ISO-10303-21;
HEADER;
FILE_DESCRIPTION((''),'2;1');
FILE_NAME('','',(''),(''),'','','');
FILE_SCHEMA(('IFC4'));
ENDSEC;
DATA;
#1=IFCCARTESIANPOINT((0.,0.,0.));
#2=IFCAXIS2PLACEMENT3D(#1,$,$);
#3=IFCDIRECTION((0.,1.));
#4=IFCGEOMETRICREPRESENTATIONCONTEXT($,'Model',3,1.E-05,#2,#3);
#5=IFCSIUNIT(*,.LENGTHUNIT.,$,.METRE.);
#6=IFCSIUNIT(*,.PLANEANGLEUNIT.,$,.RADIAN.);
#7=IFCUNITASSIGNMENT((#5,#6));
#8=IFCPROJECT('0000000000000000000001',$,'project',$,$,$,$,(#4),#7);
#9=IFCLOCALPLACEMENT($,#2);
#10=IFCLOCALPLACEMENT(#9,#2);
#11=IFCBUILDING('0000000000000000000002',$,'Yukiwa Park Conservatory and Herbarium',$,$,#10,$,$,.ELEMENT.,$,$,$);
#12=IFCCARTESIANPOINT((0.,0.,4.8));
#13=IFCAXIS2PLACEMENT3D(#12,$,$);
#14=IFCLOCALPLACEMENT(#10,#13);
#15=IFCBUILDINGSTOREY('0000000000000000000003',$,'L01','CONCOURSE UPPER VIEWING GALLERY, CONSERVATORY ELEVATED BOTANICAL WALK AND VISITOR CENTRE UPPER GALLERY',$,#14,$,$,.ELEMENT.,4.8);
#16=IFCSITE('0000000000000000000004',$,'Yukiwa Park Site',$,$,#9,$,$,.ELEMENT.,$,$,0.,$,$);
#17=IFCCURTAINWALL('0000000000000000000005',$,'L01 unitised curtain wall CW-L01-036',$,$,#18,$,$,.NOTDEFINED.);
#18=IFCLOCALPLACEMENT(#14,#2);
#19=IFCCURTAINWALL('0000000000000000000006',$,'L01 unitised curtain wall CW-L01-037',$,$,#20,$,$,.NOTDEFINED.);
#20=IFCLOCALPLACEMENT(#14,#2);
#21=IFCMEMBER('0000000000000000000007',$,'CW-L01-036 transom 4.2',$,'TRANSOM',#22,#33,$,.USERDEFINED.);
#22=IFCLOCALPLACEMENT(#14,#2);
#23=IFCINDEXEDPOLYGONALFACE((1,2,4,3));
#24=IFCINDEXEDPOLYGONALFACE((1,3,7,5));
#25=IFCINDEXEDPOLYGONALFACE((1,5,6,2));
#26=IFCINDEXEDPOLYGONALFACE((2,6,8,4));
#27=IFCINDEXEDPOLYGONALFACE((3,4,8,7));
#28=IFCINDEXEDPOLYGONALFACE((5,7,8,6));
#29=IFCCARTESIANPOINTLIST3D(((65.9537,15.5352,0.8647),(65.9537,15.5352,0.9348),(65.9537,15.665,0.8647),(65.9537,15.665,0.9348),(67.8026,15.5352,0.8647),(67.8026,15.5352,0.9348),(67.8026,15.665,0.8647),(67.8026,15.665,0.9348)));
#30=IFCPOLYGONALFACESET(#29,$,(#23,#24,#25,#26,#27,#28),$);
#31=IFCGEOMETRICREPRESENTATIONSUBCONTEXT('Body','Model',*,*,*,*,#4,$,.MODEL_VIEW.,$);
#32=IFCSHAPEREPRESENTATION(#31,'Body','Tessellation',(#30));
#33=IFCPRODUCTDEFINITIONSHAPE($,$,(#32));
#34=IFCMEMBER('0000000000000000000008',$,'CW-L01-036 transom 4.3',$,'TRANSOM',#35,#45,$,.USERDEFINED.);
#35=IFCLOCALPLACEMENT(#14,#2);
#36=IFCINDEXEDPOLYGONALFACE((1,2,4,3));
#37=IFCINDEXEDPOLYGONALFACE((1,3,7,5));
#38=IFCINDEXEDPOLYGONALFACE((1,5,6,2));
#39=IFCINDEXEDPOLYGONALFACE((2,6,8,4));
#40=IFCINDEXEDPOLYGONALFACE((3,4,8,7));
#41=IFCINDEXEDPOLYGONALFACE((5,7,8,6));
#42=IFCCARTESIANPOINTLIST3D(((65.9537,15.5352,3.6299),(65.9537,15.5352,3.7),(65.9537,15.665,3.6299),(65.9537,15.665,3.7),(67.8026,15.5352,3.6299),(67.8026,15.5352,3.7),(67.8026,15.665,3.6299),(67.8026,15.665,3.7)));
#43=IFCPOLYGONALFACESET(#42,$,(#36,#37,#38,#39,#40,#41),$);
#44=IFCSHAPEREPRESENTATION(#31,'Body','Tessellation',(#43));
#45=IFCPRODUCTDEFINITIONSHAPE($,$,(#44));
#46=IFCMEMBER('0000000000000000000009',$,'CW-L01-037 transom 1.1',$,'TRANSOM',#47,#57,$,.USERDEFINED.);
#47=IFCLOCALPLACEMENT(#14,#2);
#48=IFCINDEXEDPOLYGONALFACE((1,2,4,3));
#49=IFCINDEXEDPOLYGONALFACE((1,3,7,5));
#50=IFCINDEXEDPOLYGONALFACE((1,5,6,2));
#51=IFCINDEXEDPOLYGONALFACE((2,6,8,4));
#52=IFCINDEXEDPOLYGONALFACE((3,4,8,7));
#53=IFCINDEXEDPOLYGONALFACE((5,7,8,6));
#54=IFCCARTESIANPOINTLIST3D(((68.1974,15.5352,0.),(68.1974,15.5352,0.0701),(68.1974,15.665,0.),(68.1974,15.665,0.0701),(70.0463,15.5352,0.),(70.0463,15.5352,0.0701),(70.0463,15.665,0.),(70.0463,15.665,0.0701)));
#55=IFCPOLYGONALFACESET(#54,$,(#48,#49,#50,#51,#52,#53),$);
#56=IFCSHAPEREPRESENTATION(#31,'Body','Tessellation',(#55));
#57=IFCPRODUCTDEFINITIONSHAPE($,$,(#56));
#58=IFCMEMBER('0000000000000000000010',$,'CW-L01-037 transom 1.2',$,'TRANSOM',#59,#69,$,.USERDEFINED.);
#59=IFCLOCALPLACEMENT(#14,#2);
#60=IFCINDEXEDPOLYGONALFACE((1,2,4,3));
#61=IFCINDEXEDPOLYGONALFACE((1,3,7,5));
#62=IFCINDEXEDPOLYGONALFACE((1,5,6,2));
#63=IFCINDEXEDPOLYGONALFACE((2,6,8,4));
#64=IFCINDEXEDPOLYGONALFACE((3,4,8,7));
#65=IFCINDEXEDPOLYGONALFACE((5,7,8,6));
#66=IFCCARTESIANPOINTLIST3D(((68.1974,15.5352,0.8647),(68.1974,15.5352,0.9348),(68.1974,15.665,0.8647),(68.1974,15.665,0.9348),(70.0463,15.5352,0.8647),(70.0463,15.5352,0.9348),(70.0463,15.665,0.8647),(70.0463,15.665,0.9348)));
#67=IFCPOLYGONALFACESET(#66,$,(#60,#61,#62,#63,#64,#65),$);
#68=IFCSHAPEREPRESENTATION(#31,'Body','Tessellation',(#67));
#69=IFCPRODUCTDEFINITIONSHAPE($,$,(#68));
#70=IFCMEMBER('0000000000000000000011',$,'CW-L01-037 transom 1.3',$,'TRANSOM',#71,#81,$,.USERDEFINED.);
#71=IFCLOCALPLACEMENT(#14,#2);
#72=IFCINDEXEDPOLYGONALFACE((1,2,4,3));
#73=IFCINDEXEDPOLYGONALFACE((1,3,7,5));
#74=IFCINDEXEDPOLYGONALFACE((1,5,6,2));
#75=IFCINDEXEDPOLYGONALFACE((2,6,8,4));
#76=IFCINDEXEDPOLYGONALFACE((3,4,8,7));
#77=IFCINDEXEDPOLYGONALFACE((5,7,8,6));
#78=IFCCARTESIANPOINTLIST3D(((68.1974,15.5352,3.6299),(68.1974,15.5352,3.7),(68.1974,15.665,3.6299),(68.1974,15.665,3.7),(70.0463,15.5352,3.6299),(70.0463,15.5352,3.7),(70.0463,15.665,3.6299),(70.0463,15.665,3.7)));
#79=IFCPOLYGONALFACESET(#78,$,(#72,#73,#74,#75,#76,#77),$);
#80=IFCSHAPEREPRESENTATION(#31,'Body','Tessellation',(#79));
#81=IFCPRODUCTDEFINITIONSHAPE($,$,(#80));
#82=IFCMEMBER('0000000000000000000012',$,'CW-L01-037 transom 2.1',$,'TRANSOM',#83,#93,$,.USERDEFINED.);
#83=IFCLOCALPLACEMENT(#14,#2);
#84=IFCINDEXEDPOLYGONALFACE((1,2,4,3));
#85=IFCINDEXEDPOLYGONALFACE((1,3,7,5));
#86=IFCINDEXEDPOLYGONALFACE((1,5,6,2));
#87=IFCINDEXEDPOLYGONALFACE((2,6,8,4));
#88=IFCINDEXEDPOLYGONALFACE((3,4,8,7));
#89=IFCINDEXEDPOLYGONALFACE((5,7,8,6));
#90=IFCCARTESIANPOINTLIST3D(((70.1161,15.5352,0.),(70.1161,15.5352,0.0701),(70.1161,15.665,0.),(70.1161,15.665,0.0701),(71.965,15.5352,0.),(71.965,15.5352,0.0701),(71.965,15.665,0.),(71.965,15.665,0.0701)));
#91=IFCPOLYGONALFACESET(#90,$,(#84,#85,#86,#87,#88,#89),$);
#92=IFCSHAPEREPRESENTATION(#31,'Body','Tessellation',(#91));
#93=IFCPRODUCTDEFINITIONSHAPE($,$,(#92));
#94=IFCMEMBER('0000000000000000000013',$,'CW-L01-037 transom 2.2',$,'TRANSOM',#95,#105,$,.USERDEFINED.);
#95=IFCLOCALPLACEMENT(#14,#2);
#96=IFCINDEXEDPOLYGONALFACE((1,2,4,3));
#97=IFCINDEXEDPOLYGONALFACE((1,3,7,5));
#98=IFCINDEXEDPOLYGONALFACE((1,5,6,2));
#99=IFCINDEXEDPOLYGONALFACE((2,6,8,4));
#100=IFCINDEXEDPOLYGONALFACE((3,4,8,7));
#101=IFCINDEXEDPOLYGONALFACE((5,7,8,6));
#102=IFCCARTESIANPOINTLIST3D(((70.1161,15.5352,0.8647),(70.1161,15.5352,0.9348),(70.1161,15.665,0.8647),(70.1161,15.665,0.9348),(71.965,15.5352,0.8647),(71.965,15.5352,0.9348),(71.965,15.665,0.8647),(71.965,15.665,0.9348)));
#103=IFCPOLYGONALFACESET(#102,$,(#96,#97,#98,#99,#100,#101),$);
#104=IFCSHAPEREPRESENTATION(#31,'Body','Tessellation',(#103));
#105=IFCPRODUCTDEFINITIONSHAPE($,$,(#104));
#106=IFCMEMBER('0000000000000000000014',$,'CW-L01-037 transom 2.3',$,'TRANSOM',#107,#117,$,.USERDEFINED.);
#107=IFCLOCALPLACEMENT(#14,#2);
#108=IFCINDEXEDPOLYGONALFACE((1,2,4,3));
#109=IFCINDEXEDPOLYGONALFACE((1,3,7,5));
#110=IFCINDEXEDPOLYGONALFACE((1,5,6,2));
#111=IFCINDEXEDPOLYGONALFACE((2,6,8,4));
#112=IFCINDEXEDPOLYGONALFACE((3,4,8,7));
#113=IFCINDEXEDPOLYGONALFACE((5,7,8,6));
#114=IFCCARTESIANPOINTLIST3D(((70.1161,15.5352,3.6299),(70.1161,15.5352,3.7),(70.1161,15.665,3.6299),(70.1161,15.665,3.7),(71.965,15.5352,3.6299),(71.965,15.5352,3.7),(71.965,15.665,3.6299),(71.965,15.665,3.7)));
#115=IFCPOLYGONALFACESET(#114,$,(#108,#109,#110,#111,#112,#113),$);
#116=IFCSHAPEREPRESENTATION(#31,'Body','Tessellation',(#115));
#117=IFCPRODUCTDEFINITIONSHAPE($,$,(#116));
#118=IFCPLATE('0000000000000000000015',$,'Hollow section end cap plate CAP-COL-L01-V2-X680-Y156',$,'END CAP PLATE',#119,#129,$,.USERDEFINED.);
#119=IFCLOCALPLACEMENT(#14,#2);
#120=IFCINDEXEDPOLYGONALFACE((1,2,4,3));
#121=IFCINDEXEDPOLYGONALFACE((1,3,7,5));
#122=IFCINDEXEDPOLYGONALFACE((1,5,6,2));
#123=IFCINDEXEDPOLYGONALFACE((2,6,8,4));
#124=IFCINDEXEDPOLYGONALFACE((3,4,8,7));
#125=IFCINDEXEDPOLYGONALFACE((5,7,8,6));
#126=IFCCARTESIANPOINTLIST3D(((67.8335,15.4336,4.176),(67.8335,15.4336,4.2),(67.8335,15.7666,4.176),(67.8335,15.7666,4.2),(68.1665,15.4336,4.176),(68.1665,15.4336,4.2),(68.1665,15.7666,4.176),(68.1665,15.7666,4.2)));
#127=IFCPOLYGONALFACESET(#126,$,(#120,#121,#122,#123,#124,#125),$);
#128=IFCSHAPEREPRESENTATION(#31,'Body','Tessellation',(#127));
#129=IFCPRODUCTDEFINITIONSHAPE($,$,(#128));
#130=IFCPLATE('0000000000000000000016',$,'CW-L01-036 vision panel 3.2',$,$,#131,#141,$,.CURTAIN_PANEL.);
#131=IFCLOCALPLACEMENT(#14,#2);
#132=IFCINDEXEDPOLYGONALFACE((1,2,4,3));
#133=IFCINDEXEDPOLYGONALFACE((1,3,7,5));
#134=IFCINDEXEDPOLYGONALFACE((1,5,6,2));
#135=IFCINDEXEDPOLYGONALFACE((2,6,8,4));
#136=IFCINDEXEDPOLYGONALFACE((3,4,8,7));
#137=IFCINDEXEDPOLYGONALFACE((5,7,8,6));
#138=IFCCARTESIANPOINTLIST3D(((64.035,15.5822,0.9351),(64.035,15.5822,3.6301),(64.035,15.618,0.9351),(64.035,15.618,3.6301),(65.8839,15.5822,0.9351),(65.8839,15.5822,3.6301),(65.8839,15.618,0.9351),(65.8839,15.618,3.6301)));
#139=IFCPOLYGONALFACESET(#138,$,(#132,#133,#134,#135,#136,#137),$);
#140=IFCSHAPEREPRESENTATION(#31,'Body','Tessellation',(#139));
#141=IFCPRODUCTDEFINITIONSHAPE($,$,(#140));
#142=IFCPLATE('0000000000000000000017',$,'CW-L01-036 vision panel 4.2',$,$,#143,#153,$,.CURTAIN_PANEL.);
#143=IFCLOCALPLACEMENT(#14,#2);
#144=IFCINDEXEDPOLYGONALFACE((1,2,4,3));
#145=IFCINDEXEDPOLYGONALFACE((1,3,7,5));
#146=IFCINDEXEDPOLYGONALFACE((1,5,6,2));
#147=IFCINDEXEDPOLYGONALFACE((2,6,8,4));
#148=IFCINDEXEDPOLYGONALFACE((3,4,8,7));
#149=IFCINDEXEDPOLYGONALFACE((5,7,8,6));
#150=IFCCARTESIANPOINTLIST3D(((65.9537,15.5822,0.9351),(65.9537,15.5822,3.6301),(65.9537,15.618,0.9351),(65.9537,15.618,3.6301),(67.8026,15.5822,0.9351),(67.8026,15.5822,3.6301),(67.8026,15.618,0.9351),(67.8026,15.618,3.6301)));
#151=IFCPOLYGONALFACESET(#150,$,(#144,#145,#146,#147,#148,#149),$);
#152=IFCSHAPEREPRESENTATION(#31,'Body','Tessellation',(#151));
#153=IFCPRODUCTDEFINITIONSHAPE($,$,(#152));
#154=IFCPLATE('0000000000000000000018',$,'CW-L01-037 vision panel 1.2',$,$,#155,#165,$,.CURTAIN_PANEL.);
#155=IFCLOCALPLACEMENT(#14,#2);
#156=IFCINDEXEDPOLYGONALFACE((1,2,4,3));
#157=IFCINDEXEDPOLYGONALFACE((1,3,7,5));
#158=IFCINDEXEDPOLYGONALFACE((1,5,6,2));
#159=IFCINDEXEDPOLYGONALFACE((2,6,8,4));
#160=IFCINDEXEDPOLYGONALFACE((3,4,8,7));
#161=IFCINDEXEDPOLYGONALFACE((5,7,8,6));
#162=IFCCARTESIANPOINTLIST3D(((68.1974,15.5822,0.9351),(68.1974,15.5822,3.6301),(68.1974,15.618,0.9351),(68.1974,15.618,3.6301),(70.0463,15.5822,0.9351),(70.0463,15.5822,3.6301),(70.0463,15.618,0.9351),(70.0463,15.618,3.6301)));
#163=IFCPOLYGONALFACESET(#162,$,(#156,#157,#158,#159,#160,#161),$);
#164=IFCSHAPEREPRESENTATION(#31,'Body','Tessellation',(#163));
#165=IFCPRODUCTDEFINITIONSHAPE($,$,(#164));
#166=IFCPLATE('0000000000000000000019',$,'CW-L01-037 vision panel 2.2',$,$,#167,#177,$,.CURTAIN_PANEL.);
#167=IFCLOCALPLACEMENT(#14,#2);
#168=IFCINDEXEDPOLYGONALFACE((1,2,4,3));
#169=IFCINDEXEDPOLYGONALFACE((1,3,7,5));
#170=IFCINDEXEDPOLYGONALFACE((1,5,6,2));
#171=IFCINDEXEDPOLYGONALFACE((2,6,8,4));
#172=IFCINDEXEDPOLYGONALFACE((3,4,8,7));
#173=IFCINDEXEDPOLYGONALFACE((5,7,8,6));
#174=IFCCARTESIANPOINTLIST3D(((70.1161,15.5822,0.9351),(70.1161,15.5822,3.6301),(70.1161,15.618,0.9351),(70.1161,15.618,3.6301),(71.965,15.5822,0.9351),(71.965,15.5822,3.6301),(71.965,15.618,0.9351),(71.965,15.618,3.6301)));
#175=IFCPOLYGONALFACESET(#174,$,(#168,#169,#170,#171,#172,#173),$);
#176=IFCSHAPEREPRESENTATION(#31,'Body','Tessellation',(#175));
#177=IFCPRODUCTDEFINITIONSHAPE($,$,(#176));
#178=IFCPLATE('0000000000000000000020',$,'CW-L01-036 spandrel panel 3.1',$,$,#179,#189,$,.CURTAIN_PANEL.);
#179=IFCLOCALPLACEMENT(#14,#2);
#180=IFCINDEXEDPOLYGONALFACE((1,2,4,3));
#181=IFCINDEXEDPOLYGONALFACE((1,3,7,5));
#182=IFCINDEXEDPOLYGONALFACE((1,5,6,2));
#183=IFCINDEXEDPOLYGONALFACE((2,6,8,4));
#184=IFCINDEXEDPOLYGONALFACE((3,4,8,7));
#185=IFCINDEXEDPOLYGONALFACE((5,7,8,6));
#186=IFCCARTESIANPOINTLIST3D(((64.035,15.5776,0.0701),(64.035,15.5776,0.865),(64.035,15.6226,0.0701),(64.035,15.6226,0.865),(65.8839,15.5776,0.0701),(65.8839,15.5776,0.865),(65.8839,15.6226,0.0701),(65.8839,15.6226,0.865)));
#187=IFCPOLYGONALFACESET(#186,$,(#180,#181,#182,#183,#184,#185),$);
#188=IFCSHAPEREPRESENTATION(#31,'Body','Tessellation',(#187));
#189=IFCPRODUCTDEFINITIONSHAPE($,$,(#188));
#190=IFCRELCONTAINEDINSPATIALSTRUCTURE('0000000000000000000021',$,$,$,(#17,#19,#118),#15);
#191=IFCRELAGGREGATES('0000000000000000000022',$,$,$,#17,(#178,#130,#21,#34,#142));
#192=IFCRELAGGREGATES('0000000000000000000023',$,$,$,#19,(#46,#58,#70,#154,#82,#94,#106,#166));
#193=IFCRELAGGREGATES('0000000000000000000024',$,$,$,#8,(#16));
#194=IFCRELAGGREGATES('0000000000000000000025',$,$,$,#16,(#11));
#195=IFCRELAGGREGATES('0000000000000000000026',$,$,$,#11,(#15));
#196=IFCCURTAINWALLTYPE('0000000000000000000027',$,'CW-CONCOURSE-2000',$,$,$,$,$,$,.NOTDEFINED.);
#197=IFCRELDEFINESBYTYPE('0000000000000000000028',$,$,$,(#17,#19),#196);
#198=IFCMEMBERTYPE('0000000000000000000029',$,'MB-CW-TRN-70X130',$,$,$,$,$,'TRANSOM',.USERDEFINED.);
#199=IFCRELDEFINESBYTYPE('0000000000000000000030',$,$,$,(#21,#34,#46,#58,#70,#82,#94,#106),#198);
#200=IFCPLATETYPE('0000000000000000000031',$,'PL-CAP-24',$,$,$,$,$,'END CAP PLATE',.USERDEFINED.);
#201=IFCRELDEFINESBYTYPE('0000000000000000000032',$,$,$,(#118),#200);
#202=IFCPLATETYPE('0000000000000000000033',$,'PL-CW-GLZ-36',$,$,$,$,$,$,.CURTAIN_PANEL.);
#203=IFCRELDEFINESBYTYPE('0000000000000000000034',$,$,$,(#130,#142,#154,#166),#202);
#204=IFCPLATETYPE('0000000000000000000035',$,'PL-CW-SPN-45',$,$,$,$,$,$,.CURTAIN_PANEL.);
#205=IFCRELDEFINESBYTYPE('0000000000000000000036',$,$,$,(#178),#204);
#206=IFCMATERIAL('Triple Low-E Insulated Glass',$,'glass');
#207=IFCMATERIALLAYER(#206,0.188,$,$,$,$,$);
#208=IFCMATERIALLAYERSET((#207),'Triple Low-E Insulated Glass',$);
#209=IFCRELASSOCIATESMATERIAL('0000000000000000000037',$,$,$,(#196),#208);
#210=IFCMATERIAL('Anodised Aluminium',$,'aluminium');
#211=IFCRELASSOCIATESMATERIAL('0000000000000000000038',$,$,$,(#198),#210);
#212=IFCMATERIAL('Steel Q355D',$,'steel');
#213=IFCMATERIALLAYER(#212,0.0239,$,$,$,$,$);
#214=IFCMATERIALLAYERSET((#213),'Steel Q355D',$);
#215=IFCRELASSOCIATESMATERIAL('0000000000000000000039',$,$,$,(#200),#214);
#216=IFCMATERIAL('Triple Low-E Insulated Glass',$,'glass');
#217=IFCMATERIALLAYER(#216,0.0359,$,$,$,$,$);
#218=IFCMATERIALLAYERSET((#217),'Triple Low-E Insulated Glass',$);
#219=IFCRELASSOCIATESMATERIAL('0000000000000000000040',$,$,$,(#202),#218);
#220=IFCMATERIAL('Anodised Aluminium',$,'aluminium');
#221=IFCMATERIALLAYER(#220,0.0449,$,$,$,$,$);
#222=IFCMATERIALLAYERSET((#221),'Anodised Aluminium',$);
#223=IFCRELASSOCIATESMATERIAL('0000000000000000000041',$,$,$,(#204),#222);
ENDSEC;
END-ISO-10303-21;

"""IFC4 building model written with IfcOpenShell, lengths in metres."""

from ifc_helpers import new_model, si_unit, direction, frame, origin, origin_2d, place, context, subcontext, project, spatial, rectangle, extrude, material, layer, layer_set, type_object, element, aggregate, save


model = new_model("IFC4")

# Units and contexts
model_context = context("Model", 3, precision=1e-05, world=origin(), true_north=direction((0.0, 1.0)))
body_context = subcontext(model_context, "Body", "Model", "MODEL_VIEW")
ifc_project = project(units=[si_unit("LENGTHUNIT", "METRE"), si_unit("PLANEANGLEUNIT", "RADIAN")], contexts=[model_context])

# Site, building, storey
site_placement = place(None, origin())
site = spatial("IfcSite", under=ifc_project, at=site_placement, Name="Yukiwa Park Site", CompositionType="ELEMENT", RefElevation=0.0)
building_placement = place(site_placement, origin())
building = spatial("IfcBuilding", under=site, at=building_placement, Name="Yukiwa Park Conservatory and Herbarium", CompositionType="ELEMENT")
storey_placement = place(building_placement, frame((0.0, 0.0, 4.8)))
storey = spatial("IfcBuildingStorey", under=building, at=storey_placement, Name="L01", Description="CONCOURSE UPPER VIEWING GALLERY, CONSERVATORY ELEVATED BOTANICAL WALK AND VISITOR CENTRE UPPER GALLERY", CompositionType="ELEMENT", Elevation=4.8)

# Curtain walls
ifc_material_1 = material(Name="Triple Low-E Insulated Glass", Category="glass")
ifc_layer_1 = layer(ifc_material_1, 0.188)
ifc_layer_set_1 = layer_set([ifc_layer_1], Name="Triple Low-E Insulated Glass")
curtain_wall_type = type_object("IfcCurtainWallType", Name="CW-CONCOURSE-2000", PredefinedType="NOTDEFINED", material=ifc_layer_set_1)
curtain_wall_1_placement = place(storey_placement, origin())
curtain_wall_1 = element("IfcCurtainWall", 1, at=curtain_wall_1_placement, inside=storey, type_object=curtain_wall_type, Name="L01 unitised curtain wall CW-L01-036", PredefinedType="NOTDEFINED")
curtain_wall_2_placement = place(storey_placement, origin())
curtain_wall_2 = element("IfcCurtainWall", 2, at=curtain_wall_2_placement, inside=storey, type_object=curtain_wall_type, Name="L01 unitised curtain wall CW-L01-037", PredefinedType="NOTDEFINED")

# Members
ifc_material_2 = material(Name="Anodised Aluminium", Category="aluminium")
member_type_1 = type_object("IfcMemberType", Name="MB-CW-TRN-70X130", ElementType="TRANSOM", PredefinedType="USERDEFINED", material=ifc_material_2)
member_1_placement = place(storey_placement, frame((66.8782, 15.6001, 0.8647), z_axis=(0.0, 0.0, 1.0), x_axis=(1.0, 0.0, 0.0)))
member_1 = element("IfcMember", 3, at=member_1_placement, type_object=member_type_1, Name="CW-L01-036 transom 4.2", ObjectType="TRANSOM", PredefinedType="USERDEFINED", context=body_context, shape_type="SweptSolid", body=[
    extrude(rectangle(XDim=1.8489, YDim=0.1299, at=origin_2d()), origin(), (0.0, 0.0, 1.0), 0.0701),
])
member_2_placement = place(storey_placement, frame((66.8782, 15.6001, 3.6299), z_axis=(0.0, 0.0, 1.0), x_axis=(1.0, 0.0, 0.0)))
member_2 = element("IfcMember", 4, at=member_2_placement, type_object=member_type_1, Name="CW-L01-036 transom 4.3", ObjectType="TRANSOM", PredefinedType="USERDEFINED", context=body_context, shape_type="SweptSolid", body=[
    extrude(rectangle(XDim=1.8489, YDim=0.1299, at=origin_2d()), origin(), (0.0, 0.0, 1.0), 0.0701),
])
member_3_placement = place(storey_placement, frame((69.1218, 15.6001, 0.0), z_axis=(0.0, 0.0, 1.0), x_axis=(1.0, 0.0, 0.0)))
member_3 = element("IfcMember", 5, at=member_3_placement, type_object=member_type_1, Name="CW-L01-037 transom 1.1", ObjectType="TRANSOM", PredefinedType="USERDEFINED", context=body_context, shape_type="SweptSolid", body=[
    extrude(rectangle(XDim=1.8489, YDim=0.1299, at=origin_2d()), origin(), (0.0, 0.0, 1.0), 0.0701),
])
member_4_placement = place(storey_placement, frame((69.1218, 15.6001, 0.8647), z_axis=(0.0, 0.0, 1.0), x_axis=(1.0, 0.0, 0.0)))
member_4 = element("IfcMember", 6, at=member_4_placement, type_object=member_type_1, Name="CW-L01-037 transom 1.2", ObjectType="TRANSOM", PredefinedType="USERDEFINED", context=body_context, shape_type="SweptSolid", body=[
    extrude(rectangle(XDim=1.8489, YDim=0.1299, at=origin_2d()), origin(), (0.0, 0.0, 1.0), 0.0701),
])
member_5_placement = place(storey_placement, frame((69.1218, 15.6001, 3.6299), z_axis=(0.0, 0.0, 1.0), x_axis=(1.0, 0.0, 0.0)))
member_5 = element("IfcMember", 7, at=member_5_placement, type_object=member_type_1, Name="CW-L01-037 transom 1.3", ObjectType="TRANSOM", PredefinedType="USERDEFINED", context=body_context, shape_type="SweptSolid", body=[
    extrude(rectangle(XDim=1.8489, YDim=0.1299, at=origin_2d()), origin(), (0.0, 0.0, 1.0), 0.0701),
])
member_6_placement = place(storey_placement, frame((71.0405, 15.6001, 0.0), z_axis=(0.0, 0.0, 1.0), x_axis=(1.0, 0.0, 0.0)))
member_6 = element("IfcMember", 8, at=member_6_placement, type_object=member_type_1, Name="CW-L01-037 transom 2.1", ObjectType="TRANSOM", PredefinedType="USERDEFINED", context=body_context, shape_type="SweptSolid", body=[
    extrude(rectangle(XDim=1.8489, YDim=0.1299, at=origin_2d()), origin(), (0.0, 0.0, 1.0), 0.0701),
])
member_7_placement = place(storey_placement, frame((71.0405, 15.6001, 0.8647), z_axis=(0.0, 0.0, 1.0), x_axis=(1.0, 0.0, 0.0)))
member_7 = element("IfcMember", 9, at=member_7_placement, type_object=member_type_1, Name="CW-L01-037 transom 2.2", ObjectType="TRANSOM", PredefinedType="USERDEFINED", context=body_context, shape_type="SweptSolid", body=[
    extrude(rectangle(XDim=1.8489, YDim=0.1299, at=origin_2d()), origin(), (0.0, 0.0, 1.0), 0.0701),
])
member_8_placement = place(storey_placement, frame((71.0405, 15.6001, 3.6299), z_axis=(0.0, 0.0, 1.0), x_axis=(1.0, 0.0, 0.0)))
member_8 = element("IfcMember", 10, at=member_8_placement, type_object=member_type_1, Name="CW-L01-037 transom 2.3", ObjectType="TRANSOM", PredefinedType="USERDEFINED", context=body_context, shape_type="SweptSolid", body=[
    extrude(rectangle(XDim=1.8489, YDim=0.1299, at=origin_2d()), origin(), (0.0, 0.0, 1.0), 0.0701),
])

# Plates
ifc_material_3 = material(Name="Steel Q355D", Category="steel")
ifc_layer_2 = layer(ifc_material_3, 0.0239)
ifc_layer_set_2 = layer_set([ifc_layer_2], Name="Steel Q355D")
plate_type_1 = type_object("IfcPlateType", Name="PL-CAP-24", ElementType="END CAP PLATE", PredefinedType="USERDEFINED", material=ifc_layer_set_2)
plate_1_placement = place(storey_placement, frame((68.0, 15.6001, 4.176), z_axis=(0.0, 0.0, 1.0), x_axis=(1.0, 0.0, 0.0)))
element("IfcPlate", 11, at=plate_1_placement, inside=storey, type_object=plate_type_1, Name="Hollow section end cap plate CAP-COL-L01-V2-X680-Y156", ObjectType="END CAP PLATE", PredefinedType="USERDEFINED", context=body_context, shape_type="SweptSolid", body=[
    extrude(rectangle(XDim=0.333, YDim=0.333, at=origin_2d()), origin(), (0.0, 0.0, 1.0), 0.0239),
])
ifc_material_4 = material(Name="Triple Low-E Insulated Glass", Category="glass")
ifc_layer_3 = layer(ifc_material_4, 0.0359)
ifc_layer_set_3 = layer_set([ifc_layer_3], Name="Triple Low-E Insulated Glass")
plate_type_2 = type_object("IfcPlateType", Name="PL-CW-GLZ-36", PredefinedType="CURTAIN_PANEL", material=ifc_layer_set_3)
plate_2_placement = place(storey_placement, frame((64.9595, 15.6001, 0.9351), z_axis=(0.0, 0.0, 1.0), x_axis=(1.0, 0.0, 0.0)))
plate_2 = element("IfcPlate", 12, at=plate_2_placement, type_object=plate_type_2, Name="CW-L01-036 vision panel 3.2", PredefinedType="CURTAIN_PANEL", context=body_context, shape_type="SweptSolid", body=[
    extrude(rectangle(XDim=1.8489, YDim=0.0359, at=origin_2d()), origin(), (0.0, 0.0, 1.0), 2.6951),
])
plate_3_placement = place(storey_placement, frame((66.8782, 15.6001, 0.9351), z_axis=(0.0, 0.0, 1.0), x_axis=(1.0, 0.0, 0.0)))
plate_3 = element("IfcPlate", 13, at=plate_3_placement, type_object=plate_type_2, Name="CW-L01-036 vision panel 4.2", PredefinedType="CURTAIN_PANEL", context=body_context, shape_type="SweptSolid", body=[
    extrude(rectangle(XDim=1.8489, YDim=0.0359, at=origin_2d()), origin(), (0.0, 0.0, 1.0), 2.6951),
])
plate_4_placement = place(storey_placement, frame((69.1218, 15.6001, 0.9351), z_axis=(0.0, 0.0, 1.0), x_axis=(1.0, 0.0, 0.0)))
plate_4 = element("IfcPlate", 14, at=plate_4_placement, type_object=plate_type_2, Name="CW-L01-037 vision panel 1.2", PredefinedType="CURTAIN_PANEL", context=body_context, shape_type="SweptSolid", body=[
    extrude(rectangle(XDim=1.8489, YDim=0.0359, at=origin_2d()), origin(), (0.0, 0.0, 1.0), 2.6951),
])
plate_5_placement = place(storey_placement, frame((71.0405, 15.6001, 0.9351), z_axis=(0.0, 0.0, 1.0), x_axis=(1.0, 0.0, 0.0)))
plate_5 = element("IfcPlate", 15, at=plate_5_placement, type_object=plate_type_2, Name="CW-L01-037 vision panel 2.2", PredefinedType="CURTAIN_PANEL", context=body_context, shape_type="SweptSolid", body=[
    extrude(rectangle(XDim=1.8489, YDim=0.0359, at=origin_2d()), origin(), (0.0, 0.0, 1.0), 2.6951),
])
ifc_material_5 = material(Name="Anodised Aluminium", Category="aluminium")
ifc_layer_4 = layer(ifc_material_5, 0.0449)
ifc_layer_set_4 = layer_set([ifc_layer_4], Name="Anodised Aluminium")
plate_type_3 = type_object("IfcPlateType", Name="PL-CW-SPN-45", PredefinedType="CURTAIN_PANEL", material=ifc_layer_set_4)
plate_6_placement = place(storey_placement, frame((64.9595, 15.6001, 0.0701), z_axis=(0.0, 0.0, 1.0), x_axis=(1.0, 0.0, 0.0)))
plate_6 = element("IfcPlate", 16, at=plate_6_placement, type_object=plate_type_3, Name="CW-L01-036 spandrel panel 3.1", PredefinedType="CURTAIN_PANEL", context=body_context, shape_type="SweptSolid", body=[
    extrude(rectangle(XDim=1.8489, YDim=0.0449, at=origin_2d()), origin(), (0.0, 0.0, 1.0), 0.7949),
])
aggregate(curtain_wall_1, [plate_6, plate_2, member_1, member_2, plate_3])
aggregate(curtain_wall_2, [member_3, member_4, member_5, plate_4, member_6, member_7, member_8, plate_5])

save(model, "model.ifc")
